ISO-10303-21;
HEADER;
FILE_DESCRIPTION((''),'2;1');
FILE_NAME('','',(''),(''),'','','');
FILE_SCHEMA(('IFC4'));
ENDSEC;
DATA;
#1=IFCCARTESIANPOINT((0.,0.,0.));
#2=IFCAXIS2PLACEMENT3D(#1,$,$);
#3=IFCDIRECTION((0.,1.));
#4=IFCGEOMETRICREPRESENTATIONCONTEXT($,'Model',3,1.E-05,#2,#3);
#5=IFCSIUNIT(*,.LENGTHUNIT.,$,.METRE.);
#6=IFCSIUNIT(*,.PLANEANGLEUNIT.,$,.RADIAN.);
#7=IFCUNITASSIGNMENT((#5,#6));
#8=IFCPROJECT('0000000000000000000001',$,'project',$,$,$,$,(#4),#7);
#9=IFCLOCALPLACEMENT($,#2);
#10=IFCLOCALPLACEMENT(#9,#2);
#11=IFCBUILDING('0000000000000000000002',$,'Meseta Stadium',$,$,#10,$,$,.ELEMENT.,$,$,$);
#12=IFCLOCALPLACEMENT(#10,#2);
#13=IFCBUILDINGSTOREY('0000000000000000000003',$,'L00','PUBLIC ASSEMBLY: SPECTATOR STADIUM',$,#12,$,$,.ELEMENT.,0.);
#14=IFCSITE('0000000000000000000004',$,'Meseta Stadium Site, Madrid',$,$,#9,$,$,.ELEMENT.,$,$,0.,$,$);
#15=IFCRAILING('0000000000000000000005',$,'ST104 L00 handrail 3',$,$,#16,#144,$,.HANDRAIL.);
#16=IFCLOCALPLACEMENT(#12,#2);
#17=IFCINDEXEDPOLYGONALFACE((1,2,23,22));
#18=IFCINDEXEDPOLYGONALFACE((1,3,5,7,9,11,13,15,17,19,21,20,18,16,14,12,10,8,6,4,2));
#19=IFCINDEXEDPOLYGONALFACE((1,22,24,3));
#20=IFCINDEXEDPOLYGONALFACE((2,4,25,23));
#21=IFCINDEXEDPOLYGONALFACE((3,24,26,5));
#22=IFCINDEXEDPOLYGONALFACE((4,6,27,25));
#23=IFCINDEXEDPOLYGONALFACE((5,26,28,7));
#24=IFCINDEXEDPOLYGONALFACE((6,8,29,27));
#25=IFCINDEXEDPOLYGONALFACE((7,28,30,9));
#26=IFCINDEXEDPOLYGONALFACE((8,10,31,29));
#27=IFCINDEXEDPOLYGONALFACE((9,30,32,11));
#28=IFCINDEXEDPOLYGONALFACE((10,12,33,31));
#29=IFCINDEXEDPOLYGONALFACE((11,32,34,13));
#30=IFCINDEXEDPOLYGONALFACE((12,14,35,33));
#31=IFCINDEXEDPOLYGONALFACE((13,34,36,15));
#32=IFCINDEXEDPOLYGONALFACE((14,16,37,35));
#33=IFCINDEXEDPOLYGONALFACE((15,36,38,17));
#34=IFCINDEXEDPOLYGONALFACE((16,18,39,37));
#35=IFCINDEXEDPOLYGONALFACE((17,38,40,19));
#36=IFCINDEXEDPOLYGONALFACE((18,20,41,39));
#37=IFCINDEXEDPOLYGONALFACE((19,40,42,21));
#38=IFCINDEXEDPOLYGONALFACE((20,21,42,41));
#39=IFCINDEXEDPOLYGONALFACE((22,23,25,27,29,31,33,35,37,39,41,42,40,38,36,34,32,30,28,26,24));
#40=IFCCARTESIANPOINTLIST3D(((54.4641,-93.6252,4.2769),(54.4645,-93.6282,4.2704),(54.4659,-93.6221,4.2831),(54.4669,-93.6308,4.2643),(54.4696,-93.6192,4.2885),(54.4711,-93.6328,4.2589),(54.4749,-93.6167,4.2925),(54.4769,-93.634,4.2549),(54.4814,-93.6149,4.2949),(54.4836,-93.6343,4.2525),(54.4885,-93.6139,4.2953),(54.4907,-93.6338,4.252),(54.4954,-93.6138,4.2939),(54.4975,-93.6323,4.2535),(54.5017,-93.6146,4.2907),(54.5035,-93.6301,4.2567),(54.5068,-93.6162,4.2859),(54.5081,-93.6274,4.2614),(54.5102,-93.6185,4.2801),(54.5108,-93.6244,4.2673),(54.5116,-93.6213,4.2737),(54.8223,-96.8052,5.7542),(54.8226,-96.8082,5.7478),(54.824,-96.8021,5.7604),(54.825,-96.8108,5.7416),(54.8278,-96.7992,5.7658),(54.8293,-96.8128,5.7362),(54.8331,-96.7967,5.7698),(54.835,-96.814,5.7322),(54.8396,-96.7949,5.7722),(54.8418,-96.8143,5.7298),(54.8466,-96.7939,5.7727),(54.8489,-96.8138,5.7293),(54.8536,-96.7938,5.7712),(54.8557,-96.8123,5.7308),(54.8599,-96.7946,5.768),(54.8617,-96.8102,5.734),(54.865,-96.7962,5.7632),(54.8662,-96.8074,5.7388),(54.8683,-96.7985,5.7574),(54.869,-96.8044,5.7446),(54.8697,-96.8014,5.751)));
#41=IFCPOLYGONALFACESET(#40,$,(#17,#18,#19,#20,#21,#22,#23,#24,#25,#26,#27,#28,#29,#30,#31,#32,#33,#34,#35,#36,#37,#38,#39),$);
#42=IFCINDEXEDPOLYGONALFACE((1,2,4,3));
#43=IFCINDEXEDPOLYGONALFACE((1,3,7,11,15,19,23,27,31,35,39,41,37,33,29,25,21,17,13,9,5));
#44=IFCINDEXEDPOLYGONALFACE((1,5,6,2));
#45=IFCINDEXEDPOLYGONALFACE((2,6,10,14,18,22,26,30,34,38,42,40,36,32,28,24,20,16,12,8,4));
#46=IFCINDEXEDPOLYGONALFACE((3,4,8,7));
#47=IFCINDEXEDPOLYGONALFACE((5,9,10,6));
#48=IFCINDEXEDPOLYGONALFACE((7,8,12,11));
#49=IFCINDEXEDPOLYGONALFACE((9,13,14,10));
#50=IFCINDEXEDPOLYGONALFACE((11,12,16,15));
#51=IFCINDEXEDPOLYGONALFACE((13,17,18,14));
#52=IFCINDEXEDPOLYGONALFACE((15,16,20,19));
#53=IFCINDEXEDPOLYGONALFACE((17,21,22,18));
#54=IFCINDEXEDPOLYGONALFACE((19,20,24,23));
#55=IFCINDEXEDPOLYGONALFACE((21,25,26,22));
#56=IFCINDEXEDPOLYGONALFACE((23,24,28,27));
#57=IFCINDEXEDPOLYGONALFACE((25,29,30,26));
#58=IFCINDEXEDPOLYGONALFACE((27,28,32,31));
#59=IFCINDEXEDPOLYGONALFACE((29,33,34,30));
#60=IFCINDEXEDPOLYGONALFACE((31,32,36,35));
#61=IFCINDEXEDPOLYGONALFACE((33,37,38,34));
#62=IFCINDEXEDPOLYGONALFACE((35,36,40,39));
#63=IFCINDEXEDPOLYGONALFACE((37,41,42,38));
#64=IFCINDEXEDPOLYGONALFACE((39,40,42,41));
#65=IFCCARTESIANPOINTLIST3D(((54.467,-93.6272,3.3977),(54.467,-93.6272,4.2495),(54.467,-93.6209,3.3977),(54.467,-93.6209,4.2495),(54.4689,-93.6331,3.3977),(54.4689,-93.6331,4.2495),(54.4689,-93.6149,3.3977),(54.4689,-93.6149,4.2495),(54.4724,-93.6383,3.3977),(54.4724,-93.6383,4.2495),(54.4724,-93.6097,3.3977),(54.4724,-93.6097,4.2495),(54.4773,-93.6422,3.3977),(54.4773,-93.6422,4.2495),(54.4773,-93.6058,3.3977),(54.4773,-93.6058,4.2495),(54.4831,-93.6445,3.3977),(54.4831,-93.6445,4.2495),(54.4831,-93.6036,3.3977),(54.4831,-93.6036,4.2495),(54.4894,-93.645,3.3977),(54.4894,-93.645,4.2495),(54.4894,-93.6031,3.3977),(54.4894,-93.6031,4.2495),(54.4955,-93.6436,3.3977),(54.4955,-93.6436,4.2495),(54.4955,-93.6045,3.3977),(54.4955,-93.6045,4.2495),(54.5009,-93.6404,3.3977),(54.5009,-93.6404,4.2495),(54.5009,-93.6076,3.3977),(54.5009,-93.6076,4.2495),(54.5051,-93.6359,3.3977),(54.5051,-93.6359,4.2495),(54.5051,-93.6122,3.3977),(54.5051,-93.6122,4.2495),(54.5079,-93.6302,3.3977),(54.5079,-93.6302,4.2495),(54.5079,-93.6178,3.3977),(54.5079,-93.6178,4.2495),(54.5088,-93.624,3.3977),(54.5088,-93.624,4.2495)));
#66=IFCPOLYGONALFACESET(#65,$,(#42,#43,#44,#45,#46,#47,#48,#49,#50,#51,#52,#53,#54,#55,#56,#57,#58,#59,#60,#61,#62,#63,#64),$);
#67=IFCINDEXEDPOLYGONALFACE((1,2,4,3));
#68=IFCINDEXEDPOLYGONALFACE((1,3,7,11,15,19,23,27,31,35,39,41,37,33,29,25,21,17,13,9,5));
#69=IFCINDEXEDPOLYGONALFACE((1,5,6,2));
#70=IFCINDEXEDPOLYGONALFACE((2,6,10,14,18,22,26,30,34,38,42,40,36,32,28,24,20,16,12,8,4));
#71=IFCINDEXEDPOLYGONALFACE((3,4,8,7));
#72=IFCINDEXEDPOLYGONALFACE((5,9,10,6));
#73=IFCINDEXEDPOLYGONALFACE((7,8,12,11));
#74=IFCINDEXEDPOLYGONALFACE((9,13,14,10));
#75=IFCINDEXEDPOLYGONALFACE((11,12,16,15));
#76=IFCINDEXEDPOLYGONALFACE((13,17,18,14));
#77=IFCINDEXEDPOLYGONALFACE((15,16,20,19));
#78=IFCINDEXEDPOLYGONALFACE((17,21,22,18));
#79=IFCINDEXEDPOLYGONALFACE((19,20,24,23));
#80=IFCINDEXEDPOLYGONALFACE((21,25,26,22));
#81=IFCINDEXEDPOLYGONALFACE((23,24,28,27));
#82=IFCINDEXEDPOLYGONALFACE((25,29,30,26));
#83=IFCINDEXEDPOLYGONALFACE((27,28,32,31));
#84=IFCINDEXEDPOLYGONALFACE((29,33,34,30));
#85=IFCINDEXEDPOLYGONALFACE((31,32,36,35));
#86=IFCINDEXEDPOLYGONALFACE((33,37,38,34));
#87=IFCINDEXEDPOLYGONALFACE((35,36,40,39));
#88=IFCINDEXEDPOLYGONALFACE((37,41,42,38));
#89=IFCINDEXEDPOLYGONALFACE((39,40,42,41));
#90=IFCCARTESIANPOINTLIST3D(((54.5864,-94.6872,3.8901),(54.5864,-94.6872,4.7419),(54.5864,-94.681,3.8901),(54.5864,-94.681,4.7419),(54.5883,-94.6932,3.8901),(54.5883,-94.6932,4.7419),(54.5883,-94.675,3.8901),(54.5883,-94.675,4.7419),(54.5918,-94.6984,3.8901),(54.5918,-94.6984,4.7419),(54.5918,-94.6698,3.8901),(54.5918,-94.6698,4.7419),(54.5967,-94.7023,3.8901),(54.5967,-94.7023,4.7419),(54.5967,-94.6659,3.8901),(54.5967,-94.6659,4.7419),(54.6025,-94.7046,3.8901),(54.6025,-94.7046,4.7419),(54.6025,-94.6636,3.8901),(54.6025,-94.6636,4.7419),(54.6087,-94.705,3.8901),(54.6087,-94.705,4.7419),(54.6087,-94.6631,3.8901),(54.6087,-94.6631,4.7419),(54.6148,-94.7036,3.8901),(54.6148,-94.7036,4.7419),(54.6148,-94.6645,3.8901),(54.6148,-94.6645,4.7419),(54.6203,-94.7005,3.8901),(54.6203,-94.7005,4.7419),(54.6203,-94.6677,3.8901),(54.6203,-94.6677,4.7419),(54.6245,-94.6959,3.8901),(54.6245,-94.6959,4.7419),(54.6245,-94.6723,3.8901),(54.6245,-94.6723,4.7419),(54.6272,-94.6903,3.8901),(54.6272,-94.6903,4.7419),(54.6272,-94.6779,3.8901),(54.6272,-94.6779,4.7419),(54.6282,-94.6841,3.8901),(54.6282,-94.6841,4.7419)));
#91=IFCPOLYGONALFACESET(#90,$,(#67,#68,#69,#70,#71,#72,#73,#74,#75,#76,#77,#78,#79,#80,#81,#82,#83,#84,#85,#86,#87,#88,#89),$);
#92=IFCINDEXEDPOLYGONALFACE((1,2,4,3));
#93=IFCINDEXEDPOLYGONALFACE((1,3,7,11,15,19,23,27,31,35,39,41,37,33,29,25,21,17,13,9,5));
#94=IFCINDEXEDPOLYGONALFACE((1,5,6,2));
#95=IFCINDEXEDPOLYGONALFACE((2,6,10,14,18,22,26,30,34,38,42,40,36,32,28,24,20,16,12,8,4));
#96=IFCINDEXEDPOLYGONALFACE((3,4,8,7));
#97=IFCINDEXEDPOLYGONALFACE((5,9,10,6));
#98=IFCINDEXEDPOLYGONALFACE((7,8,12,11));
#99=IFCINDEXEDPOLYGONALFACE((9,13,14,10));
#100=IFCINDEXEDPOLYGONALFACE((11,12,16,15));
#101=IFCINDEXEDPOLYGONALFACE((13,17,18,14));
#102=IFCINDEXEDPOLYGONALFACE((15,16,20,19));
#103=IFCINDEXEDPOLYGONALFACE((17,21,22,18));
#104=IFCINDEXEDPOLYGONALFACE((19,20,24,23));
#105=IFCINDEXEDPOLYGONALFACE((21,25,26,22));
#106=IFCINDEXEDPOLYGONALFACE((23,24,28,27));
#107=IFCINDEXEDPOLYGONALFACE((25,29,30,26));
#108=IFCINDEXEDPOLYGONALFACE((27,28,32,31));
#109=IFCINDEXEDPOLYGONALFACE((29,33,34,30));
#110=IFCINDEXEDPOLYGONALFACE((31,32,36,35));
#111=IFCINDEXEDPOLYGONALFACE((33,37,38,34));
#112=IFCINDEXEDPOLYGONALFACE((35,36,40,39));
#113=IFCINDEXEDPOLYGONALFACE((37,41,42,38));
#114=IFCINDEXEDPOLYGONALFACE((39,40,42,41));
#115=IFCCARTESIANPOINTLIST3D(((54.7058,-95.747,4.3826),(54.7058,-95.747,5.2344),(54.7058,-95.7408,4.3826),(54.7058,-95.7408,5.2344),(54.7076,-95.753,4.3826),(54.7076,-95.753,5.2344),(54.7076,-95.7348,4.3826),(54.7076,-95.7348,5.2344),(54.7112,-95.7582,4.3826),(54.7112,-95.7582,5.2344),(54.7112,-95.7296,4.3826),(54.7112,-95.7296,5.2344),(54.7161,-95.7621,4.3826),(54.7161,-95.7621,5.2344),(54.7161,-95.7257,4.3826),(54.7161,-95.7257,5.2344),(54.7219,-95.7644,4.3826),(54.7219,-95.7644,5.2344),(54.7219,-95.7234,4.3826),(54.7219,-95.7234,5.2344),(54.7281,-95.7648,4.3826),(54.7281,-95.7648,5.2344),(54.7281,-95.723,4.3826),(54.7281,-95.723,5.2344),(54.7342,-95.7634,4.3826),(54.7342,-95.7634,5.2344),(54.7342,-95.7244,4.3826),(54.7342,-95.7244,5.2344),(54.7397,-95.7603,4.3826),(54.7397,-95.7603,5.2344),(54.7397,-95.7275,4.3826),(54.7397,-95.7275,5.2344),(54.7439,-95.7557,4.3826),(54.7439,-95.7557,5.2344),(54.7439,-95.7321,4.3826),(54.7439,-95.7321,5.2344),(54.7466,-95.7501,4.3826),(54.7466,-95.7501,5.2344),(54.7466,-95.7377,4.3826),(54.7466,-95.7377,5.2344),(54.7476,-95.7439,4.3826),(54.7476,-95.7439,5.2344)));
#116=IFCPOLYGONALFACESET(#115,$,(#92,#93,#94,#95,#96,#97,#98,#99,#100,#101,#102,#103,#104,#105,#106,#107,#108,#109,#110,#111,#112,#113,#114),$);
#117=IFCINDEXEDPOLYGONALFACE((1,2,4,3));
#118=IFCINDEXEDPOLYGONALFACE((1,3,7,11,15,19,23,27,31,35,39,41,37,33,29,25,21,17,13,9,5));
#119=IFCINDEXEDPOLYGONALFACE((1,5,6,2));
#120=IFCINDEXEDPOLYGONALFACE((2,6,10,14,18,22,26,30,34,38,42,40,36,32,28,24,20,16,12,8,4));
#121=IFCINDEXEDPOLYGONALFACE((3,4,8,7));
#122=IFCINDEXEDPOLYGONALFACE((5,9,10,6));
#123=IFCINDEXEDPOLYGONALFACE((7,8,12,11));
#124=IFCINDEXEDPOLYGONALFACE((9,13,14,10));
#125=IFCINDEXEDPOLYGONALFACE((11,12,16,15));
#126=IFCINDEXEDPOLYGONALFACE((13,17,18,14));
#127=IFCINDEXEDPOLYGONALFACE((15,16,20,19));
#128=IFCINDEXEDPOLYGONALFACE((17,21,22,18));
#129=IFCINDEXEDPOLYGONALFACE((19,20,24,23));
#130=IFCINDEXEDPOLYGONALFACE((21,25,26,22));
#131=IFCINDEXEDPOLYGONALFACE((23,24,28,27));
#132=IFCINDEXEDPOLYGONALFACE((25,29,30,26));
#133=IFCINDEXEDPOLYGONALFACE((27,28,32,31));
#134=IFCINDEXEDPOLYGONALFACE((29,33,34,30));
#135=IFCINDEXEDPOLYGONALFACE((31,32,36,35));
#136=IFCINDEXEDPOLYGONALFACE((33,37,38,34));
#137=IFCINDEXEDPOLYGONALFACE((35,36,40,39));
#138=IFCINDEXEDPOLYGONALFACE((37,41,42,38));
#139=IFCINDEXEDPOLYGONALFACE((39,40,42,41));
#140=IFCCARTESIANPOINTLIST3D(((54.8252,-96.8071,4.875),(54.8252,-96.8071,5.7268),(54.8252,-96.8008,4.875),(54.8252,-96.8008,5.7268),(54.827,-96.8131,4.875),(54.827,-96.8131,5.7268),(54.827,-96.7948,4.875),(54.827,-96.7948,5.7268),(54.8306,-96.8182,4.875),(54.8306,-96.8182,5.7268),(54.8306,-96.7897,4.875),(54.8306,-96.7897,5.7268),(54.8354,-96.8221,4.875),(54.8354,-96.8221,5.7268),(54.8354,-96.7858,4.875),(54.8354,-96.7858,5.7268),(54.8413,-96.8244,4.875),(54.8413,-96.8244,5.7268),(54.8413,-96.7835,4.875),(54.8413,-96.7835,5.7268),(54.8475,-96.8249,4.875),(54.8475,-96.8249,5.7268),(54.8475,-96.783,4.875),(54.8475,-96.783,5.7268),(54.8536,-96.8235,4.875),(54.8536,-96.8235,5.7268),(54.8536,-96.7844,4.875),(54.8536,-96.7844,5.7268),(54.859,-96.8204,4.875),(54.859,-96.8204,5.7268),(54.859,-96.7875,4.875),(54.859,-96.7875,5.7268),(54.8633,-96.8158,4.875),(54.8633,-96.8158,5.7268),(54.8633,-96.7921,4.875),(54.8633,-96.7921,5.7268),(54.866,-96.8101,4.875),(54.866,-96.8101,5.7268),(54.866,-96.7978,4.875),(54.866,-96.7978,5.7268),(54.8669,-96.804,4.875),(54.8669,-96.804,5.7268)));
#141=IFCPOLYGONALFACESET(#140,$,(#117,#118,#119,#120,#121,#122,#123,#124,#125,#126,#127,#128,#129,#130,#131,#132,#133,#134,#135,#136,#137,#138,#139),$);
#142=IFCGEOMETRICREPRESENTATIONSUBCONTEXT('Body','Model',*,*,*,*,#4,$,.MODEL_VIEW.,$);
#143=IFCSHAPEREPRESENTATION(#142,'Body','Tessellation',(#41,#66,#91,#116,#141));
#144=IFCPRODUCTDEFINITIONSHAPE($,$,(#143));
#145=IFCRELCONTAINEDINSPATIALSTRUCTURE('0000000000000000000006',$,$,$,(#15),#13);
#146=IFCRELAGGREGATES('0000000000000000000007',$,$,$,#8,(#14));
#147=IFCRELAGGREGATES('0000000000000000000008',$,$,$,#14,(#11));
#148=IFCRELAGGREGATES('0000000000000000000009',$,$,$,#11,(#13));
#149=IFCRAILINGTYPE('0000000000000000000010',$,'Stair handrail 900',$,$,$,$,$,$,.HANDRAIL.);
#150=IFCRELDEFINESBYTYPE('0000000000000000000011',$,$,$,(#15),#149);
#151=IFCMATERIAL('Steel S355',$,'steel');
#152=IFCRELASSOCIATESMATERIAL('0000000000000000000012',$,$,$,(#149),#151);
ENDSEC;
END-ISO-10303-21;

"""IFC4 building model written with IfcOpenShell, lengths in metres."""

from ifc_helpers import new_model, si_unit, direction, frame, origin, origin_2d, place, context, subcontext, project, spatial, circle, extrude, material, type_object, element, save


model = new_model("IFC4")

# Units and contexts
model_context = context("Model", 3, precision=1e-05, world=origin(), true_north=direction((0.0, 1.0)))
body_context = subcontext(model_context, "Body", "Model", "MODEL_VIEW")
ifc_project = project(units=[si_unit("LENGTHUNIT", "METRE"), si_unit("PLANEANGLEUNIT", "RADIAN")], contexts=[model_context])

# Site, building, storey
site_placement = place(None, origin())
site = spatial("IfcSite", under=ifc_project, at=site_placement, Name="Meseta Stadium Site, Madrid", CompositionType="ELEMENT", RefElevation=0.0)
building_placement = place(site_placement, origin())
building = spatial("IfcBuilding", under=site, at=building_placement, Name="Meseta Stadium", CompositionType="ELEMENT")
storey_placement = place(building_placement, origin())
storey = spatial("IfcBuildingStorey", under=building, at=storey_placement, Name="L00", Description="PUBLIC ASSEMBLY: SPECTATOR STADIUM", CompositionType="ELEMENT", Elevation=0.0)

# Railing
ifc_material_1 = material(Name="Steel S355", Category="steel")
railing_type_1 = type_object("IfcRailingType", Name="Stair handrail 900", PredefinedType="HANDRAIL", material=ifc_material_1)
railing_1_placement = place(storey_placement, frame((54.4878, -93.624, 3.3977)))
element("IfcRailing", 1, at=railing_1_placement, inside=storey, type_object=railing_type_1, Name="ST104 L00 handrail 3", PredefinedType="HANDRAIL", context=body_context, shape_type="SweptSolid", body=[
    extrude(circle(Radius=0.0239, at=origin_2d()), frame((0.0, 0.0, 0.876), z_axis=(0.101616, -0.902217, 0.419141), x_axis=(0.993717, 0.111922, 0.0)), (0.0, 0.0, 1.0), 3.5247),
    extrude(circle(Radius=0.021, at=origin_2d()), origin(), (0.0, 0.0, 1.0), 0.8518),
    extrude(circle(Radius=0.021, at=origin_2d()), frame((0.1194, -1.0601, 0.4924)), (0.0, 0.0, 1.0), 0.8518),
    extrude(circle(Radius=0.021, at=origin_2d()), frame((0.2388, -2.1199, 0.9849)), (0.0, 0.0, 1.0), 0.8518),
    extrude(circle(Radius=0.021, at=origin_2d()), frame((0.3582, -3.1799, 1.4773)), (0.0, 0.0, 1.0), 0.8518),
])

save(model, "model.ifc")
